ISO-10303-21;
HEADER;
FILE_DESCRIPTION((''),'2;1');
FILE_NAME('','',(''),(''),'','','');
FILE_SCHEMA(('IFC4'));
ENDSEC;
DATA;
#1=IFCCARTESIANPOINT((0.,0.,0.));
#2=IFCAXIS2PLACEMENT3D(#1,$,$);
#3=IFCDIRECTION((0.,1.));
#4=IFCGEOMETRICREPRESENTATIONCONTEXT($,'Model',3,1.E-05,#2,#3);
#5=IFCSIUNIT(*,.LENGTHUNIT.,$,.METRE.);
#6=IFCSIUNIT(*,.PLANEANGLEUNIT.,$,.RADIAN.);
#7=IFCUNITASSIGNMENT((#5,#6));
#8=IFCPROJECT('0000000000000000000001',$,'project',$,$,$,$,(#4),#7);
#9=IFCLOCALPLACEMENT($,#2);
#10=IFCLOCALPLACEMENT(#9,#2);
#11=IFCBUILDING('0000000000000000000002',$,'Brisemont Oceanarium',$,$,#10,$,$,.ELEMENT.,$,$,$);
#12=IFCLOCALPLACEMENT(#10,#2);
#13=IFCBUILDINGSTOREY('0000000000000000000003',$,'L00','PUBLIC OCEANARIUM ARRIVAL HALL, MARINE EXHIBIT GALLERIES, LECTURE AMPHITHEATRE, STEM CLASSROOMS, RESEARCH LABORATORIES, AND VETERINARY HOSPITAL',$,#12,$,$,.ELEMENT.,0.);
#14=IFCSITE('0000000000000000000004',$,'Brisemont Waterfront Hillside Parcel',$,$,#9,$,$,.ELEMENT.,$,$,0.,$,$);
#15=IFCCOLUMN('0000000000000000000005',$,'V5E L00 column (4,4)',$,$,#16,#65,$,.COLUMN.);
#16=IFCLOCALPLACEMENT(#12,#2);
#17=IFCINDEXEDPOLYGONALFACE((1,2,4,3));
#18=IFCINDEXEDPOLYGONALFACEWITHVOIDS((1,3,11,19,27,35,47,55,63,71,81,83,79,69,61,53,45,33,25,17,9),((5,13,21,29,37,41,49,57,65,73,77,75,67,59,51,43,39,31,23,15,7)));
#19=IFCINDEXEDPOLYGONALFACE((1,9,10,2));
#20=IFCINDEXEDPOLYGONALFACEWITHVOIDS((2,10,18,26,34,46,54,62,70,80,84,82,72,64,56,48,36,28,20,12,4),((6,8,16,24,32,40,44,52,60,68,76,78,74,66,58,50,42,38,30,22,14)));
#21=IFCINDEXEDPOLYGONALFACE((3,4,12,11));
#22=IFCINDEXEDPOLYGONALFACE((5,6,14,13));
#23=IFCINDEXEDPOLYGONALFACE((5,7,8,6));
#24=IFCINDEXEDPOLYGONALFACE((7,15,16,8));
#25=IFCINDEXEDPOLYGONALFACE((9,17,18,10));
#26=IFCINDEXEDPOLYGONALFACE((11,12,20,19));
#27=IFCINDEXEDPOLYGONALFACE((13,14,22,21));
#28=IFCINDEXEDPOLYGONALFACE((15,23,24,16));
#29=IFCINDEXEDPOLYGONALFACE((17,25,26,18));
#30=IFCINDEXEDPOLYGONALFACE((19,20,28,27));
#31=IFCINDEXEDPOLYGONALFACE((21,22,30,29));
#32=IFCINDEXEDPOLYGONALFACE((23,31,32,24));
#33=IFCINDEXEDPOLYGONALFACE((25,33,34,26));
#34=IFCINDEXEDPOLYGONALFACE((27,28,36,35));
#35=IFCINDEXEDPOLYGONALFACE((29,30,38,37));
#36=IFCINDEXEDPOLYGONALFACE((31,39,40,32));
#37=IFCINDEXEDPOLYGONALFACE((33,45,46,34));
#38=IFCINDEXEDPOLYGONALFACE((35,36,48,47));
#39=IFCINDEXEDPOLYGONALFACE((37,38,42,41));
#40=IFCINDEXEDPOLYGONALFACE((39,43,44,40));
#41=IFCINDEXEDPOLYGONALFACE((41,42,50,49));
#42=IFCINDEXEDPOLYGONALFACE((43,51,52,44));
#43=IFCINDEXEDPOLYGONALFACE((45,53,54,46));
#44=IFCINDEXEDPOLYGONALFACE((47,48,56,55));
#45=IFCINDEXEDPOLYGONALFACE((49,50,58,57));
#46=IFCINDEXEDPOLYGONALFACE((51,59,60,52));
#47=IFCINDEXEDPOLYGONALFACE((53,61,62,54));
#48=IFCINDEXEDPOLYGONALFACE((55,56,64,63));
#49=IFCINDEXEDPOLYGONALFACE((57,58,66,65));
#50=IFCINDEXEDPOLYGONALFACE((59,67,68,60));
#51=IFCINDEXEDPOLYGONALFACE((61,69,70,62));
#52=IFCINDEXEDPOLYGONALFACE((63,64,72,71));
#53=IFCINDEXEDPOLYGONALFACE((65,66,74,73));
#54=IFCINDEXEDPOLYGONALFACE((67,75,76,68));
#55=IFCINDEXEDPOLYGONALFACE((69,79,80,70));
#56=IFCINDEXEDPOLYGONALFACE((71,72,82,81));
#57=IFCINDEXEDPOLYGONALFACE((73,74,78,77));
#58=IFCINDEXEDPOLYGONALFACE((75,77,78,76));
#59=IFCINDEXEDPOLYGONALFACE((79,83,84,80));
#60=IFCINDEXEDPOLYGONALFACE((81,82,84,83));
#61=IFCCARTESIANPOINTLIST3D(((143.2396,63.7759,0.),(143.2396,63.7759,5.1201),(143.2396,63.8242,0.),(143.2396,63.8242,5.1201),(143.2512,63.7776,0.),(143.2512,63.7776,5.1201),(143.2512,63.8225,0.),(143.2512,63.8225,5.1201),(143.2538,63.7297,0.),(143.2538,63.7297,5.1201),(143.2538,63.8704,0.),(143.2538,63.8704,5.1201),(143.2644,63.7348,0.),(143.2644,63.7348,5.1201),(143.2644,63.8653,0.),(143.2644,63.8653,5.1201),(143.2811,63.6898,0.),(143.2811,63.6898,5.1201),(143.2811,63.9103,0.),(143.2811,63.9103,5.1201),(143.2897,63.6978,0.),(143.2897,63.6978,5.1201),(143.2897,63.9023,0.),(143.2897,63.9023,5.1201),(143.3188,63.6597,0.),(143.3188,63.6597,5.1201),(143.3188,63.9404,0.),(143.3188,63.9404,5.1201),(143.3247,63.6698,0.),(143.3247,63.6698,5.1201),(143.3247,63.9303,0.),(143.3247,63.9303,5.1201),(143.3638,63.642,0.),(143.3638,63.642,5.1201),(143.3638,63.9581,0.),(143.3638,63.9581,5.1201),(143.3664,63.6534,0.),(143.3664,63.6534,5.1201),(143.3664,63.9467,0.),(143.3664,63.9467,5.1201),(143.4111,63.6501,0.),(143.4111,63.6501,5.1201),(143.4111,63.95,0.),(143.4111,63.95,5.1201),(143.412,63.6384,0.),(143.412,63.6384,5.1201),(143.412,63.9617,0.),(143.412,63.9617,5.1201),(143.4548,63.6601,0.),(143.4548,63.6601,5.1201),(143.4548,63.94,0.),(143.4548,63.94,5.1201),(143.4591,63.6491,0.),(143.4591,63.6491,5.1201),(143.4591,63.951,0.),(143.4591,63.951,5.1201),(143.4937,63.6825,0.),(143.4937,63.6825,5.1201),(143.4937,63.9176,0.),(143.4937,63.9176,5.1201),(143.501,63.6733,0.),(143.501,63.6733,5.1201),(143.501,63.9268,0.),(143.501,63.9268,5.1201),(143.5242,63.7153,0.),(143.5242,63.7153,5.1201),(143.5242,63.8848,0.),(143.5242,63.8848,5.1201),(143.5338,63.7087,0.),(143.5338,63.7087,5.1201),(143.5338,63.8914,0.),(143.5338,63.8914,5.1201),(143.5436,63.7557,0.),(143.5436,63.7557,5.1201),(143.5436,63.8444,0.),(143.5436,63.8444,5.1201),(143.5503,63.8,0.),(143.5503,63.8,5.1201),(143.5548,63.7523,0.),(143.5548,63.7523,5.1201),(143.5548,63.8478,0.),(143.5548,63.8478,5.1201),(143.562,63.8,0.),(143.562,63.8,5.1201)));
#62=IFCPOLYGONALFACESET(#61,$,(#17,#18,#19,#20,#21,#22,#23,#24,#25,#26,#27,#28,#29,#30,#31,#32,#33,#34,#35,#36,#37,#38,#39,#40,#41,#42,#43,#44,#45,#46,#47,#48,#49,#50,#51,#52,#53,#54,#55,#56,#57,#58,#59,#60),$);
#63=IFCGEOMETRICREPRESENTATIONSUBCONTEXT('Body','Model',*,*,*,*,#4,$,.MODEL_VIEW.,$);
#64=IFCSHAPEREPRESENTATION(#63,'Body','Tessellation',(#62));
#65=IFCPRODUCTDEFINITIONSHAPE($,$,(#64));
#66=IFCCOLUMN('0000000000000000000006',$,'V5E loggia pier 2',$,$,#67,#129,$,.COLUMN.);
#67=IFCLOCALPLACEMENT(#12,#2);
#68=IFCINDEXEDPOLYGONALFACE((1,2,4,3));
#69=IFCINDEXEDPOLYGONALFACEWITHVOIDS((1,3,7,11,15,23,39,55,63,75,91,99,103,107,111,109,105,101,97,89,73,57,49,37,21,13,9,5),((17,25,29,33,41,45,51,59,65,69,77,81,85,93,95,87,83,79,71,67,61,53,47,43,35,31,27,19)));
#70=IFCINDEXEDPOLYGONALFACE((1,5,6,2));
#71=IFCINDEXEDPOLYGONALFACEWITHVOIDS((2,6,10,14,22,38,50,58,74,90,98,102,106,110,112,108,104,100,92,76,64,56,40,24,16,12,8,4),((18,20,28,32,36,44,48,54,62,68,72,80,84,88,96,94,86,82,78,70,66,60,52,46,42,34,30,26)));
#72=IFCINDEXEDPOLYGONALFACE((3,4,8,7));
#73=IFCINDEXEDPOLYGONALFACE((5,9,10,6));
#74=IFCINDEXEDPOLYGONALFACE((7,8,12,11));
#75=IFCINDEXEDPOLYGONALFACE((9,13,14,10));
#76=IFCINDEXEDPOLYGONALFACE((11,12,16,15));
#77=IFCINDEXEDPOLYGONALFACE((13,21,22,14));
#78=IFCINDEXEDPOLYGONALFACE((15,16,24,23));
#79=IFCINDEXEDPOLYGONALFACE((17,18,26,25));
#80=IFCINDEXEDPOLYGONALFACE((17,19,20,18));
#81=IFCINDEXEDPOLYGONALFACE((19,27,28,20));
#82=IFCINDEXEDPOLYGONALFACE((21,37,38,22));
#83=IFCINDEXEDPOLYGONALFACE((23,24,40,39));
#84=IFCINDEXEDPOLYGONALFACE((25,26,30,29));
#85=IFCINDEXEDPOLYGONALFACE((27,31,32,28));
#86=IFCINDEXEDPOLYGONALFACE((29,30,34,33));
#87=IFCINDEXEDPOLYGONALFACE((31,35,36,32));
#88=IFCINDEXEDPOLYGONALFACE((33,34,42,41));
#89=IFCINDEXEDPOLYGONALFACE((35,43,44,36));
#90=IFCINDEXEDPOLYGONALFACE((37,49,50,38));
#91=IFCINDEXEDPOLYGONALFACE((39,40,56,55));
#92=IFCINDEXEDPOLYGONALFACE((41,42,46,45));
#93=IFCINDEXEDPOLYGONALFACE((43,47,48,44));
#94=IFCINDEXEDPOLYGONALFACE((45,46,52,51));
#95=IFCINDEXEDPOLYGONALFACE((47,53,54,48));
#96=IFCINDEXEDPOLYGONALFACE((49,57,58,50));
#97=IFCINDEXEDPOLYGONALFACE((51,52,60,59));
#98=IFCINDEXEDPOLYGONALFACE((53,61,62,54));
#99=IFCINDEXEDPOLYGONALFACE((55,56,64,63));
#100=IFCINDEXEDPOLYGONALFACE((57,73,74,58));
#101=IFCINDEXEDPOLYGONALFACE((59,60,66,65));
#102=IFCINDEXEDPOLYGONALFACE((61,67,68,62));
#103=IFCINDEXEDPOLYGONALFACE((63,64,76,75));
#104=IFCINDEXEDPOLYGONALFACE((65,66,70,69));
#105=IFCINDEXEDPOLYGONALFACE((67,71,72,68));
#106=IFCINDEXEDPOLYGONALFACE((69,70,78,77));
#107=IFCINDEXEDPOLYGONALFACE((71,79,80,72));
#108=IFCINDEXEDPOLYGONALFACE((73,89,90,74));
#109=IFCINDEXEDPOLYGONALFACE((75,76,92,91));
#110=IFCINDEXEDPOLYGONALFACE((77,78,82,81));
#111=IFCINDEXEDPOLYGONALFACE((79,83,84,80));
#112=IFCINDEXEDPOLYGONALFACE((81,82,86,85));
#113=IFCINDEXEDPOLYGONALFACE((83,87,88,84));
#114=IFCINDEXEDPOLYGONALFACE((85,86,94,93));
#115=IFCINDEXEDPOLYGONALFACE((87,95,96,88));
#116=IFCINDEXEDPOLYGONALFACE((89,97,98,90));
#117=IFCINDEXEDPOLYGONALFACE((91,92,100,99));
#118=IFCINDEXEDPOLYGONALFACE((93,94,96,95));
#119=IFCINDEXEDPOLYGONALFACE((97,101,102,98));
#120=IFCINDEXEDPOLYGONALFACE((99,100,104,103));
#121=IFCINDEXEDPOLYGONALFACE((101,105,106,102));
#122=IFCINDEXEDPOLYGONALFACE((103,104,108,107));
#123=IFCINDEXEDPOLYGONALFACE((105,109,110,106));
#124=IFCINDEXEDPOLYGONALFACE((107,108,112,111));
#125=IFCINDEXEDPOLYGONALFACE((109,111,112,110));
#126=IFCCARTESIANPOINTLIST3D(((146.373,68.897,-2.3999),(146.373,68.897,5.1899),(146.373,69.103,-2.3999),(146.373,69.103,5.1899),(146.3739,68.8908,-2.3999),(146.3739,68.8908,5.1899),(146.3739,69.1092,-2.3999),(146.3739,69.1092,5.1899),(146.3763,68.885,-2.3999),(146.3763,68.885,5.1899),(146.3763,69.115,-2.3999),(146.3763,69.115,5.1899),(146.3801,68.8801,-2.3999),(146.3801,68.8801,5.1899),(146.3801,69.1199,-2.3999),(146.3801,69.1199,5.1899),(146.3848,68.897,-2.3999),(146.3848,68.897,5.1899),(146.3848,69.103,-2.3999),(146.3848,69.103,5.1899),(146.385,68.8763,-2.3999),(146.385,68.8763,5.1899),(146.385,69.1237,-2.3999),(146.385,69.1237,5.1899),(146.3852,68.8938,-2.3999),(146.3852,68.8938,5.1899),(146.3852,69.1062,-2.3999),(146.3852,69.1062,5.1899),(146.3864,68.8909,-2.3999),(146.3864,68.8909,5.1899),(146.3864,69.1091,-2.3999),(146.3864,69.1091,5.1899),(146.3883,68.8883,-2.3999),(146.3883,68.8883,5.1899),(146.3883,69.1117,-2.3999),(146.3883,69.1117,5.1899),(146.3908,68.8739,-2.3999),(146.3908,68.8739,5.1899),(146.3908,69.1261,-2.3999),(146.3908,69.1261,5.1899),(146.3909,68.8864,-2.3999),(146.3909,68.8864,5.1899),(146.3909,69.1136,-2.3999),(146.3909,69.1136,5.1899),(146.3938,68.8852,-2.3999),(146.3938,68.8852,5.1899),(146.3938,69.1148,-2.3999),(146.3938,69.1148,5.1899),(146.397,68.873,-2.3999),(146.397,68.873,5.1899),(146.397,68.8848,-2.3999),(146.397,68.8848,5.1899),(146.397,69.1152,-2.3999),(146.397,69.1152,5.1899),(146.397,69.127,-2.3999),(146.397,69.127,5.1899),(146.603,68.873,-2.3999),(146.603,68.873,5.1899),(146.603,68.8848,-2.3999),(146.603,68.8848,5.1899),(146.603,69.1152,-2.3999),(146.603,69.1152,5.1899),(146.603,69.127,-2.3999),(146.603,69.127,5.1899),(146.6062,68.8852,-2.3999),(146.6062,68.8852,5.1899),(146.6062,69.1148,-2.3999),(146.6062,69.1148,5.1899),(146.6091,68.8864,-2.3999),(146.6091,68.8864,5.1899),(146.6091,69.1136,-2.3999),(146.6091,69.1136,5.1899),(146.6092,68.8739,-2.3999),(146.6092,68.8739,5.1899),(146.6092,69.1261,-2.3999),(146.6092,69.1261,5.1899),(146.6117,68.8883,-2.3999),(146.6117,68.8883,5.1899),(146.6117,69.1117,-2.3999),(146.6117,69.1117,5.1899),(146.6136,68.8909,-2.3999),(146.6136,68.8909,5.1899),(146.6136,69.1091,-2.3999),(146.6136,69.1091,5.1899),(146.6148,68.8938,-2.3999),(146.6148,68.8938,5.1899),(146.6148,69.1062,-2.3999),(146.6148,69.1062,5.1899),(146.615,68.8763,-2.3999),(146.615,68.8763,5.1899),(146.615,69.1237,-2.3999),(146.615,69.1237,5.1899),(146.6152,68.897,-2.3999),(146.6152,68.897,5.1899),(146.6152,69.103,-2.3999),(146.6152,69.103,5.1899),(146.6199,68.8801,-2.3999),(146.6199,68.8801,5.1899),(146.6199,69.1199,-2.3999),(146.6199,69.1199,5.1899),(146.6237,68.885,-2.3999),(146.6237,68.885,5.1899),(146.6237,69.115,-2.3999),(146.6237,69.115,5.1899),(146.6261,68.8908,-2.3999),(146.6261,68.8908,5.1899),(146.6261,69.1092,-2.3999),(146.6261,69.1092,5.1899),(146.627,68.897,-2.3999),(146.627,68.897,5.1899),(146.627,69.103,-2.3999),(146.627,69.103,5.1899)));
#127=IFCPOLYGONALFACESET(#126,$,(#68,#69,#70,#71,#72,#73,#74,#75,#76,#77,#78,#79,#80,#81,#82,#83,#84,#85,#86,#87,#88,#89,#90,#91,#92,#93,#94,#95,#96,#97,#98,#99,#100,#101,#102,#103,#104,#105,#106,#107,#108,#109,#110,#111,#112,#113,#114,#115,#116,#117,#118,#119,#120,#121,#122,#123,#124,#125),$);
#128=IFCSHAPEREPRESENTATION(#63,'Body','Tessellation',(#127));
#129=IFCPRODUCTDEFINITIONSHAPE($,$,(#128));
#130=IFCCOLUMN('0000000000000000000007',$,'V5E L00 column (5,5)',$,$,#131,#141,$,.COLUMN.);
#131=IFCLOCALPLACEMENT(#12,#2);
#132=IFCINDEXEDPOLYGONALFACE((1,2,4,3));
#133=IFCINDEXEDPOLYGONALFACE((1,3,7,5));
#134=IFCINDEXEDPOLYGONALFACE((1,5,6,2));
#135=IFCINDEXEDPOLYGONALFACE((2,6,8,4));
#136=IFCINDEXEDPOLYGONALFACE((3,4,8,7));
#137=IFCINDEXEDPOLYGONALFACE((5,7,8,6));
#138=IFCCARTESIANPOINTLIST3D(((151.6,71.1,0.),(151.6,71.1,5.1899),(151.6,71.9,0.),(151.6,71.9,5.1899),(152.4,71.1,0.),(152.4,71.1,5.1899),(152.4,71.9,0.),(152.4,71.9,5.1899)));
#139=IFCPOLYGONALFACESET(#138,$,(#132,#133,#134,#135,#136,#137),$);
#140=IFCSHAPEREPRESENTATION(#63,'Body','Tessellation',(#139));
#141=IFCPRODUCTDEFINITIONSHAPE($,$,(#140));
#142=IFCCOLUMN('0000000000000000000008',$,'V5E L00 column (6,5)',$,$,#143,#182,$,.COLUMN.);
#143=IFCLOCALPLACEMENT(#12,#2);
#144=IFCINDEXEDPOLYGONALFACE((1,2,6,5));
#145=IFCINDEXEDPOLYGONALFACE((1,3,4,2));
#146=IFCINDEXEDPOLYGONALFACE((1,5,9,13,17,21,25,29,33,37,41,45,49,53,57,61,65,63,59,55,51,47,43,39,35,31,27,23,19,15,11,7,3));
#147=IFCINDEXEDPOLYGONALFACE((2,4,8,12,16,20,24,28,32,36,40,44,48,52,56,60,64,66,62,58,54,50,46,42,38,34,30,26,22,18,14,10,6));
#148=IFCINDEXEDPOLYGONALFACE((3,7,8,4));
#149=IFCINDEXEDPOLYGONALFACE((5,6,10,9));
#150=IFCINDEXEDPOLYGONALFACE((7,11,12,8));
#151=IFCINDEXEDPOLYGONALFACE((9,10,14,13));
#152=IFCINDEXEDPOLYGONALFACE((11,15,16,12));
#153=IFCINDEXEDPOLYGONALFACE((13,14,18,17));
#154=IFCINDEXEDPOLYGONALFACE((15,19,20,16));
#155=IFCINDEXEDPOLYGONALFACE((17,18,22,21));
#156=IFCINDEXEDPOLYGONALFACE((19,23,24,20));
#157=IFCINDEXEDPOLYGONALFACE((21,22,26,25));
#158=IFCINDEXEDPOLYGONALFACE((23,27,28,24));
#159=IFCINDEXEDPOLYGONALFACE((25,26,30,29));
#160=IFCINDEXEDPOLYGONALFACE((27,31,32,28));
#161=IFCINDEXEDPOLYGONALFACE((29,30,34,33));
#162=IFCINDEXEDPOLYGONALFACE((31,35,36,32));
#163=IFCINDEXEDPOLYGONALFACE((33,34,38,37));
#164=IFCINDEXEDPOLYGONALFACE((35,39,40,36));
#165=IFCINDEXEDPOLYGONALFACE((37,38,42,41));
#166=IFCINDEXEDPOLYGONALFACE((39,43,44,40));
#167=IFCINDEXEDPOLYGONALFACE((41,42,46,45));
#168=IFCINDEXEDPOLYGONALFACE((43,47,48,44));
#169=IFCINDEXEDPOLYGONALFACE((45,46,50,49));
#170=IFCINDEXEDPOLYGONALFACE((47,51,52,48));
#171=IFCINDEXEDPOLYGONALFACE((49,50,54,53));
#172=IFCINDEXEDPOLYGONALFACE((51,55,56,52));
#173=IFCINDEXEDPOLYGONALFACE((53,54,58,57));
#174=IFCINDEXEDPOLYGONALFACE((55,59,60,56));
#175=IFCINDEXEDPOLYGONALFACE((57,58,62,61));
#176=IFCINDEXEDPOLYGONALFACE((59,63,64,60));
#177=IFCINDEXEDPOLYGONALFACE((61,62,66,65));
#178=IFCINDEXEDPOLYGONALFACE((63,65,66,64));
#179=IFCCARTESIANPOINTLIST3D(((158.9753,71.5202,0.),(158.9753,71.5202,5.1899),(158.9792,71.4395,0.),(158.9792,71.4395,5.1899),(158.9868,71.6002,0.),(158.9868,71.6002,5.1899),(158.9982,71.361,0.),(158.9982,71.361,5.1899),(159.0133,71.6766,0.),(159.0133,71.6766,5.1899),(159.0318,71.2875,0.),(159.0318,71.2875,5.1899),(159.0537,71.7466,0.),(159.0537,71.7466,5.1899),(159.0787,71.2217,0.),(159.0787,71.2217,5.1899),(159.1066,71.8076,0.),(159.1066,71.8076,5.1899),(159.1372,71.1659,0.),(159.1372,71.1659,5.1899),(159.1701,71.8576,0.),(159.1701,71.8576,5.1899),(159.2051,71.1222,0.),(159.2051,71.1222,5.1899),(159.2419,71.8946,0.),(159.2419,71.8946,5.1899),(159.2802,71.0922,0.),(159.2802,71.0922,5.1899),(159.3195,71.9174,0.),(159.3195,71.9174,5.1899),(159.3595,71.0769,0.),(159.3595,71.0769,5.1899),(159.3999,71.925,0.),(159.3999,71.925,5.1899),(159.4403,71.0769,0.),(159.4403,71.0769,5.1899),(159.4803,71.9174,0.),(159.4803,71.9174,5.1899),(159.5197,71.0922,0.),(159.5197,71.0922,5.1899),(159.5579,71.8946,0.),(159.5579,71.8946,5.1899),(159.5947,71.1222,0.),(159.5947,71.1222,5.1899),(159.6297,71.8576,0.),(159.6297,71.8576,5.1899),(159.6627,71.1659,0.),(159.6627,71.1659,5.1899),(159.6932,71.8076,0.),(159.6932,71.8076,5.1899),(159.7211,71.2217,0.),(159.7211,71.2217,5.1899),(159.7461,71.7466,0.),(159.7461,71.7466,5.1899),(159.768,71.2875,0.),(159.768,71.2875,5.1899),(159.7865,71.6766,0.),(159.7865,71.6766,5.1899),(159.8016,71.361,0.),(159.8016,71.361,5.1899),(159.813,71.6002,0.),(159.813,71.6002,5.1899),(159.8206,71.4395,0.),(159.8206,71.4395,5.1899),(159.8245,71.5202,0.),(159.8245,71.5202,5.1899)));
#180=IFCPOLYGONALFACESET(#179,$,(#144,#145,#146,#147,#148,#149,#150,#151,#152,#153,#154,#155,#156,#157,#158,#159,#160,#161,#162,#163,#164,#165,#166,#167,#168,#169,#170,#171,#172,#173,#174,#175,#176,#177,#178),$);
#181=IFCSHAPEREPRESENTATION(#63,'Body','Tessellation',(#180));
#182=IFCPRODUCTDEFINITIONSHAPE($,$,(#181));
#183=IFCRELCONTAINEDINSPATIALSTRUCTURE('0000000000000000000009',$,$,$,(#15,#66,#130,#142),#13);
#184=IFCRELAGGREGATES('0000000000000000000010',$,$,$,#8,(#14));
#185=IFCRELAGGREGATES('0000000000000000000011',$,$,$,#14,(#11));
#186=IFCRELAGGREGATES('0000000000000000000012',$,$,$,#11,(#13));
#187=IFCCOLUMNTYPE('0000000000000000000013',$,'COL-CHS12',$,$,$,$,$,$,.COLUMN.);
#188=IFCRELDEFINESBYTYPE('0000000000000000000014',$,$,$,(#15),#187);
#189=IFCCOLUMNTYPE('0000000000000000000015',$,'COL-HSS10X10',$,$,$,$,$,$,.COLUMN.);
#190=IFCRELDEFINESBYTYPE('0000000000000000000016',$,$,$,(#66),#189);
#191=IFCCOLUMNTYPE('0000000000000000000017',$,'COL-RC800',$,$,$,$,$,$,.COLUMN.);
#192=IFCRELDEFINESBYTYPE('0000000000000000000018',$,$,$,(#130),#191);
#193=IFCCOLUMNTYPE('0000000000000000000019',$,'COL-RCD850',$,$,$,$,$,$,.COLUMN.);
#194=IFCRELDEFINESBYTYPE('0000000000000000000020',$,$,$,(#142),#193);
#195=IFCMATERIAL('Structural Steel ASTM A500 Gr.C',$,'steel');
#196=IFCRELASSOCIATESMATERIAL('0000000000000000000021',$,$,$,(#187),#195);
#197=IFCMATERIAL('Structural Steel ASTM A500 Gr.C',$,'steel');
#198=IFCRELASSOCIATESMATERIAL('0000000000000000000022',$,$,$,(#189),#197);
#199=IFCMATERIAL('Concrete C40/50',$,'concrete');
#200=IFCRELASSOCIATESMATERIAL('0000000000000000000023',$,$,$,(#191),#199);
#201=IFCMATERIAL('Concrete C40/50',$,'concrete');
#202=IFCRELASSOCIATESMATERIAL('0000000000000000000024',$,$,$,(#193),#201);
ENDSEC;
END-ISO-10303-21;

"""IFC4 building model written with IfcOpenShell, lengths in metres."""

from ifc_helpers import new_model, si_unit, direction, frame, origin, origin_2d, place, context, subcontext, project, spatial, rectangle, hollow_rectangle, circle, hollow_circle, extrude, material, material_profile, profile_set, type_object, element, save


model = new_model("IFC4")

# Units and contexts
model_context = context("Model", 3, precision=1e-05, world=origin(), true_north=direction((0.0, 1.0)))
body_context = subcontext(model_context, "Body", "Model", "MODEL_VIEW")
ifc_project = project(units=[si_unit("LENGTHUNIT", "METRE"), si_unit("PLANEANGLEUNIT", "RADIAN")], contexts=[model_context])

# Site, building, storey
site_placement = place(None, origin())
site = spatial("IfcSite", under=ifc_project, at=site_placement, Name="Brisemont Waterfront Hillside Parcel", CompositionType="ELEMENT", RefElevation=0.0)
building_placement = place(site_placement, origin())
building = spatial("IfcBuilding", under=site, at=building_placement, Name="Brisemont Oceanarium", CompositionType="ELEMENT")
storey_placement = place(building_placement, origin())
storey = spatial("IfcBuildingStorey", under=building, at=storey_placement, Name="L00", Description="PUBLIC OCEANARIUM ARRIVAL HALL, MARINE EXHIBIT GALLERIES, LECTURE AMPHITHEATRE, STEM CLASSROOMS, RESEARCH LABORATORIES, AND VETERINARY HOSPITAL", CompositionType="ELEMENT", Elevation=0.0)

# Columns
ifc_material_1 = material(Name="Structural Steel ASTM A500 Gr.C", Category="steel")
ifc_material_profile_1 = material_profile(ifc_material_1, hollow_circle(Radius=0.1621, WallThickness=0.0117, at=origin_2d()), Name="HSS12.750X0.500")
ifc_profile_set_1 = profile_set([ifc_material_profile_1], Name="Structural Steel ASTM A500 Gr.C")
column_type_1 = type_object("IfcColumnType", Name="COL-CHS12", PredefinedType="COLUMN", material=ifc_profile_set_1)
column_1_placement = place(storey_placement, frame((143.3999, 63.8, 0.0), z_axis=(0.0, 0.0, 1.0), x_axis=(1.0, 0.0, 0.0)))
element("IfcColumn", 1, at=column_1_placement, inside=storey, type_object=column_type_1, Name="V5E L00 column (4,4)", PredefinedType="COLUMN", context=body_context, shape_type="SweptSolid", body=[
    extrude(hollow_circle(Radius=0.1621, WallThickness=0.0117, at=origin_2d()), origin(), (0.0, 0.0, 1.0), 5.1201),
])
ifc_material_2 = material(Name="Structural Steel ASTM A500 Gr.C", Category="steel")
ifc_material_profile_2 = material_profile(ifc_material_2, hollow_rectangle(XDim=0.2539, YDim=0.2539, WallThickness=0.0117, InnerFilletRadius=0.0122, OuterFilletRadius=0.0239, at=origin_2d()), Name="HSS10X10X1/2")
ifc_profile_set_2 = profile_set([ifc_material_profile_2], Name="Structural Steel ASTM A500 Gr.C")
column_type_2 = type_object("IfcColumnType", Name="COL-HSS10X10", PredefinedType="COLUMN", material=ifc_profile_set_2)
column_2_placement = place(storey_placement, frame((146.5, 69.0, -2.3999), z_axis=(0.0, 0.0, 1.0), x_axis=(1.0, 0.0, 0.0)))
element("IfcColumn", 2, at=column_2_placement, inside=storey, type_object=column_type_2, Name="V5E loggia pier 2", PredefinedType="COLUMN", context=body_context, shape_type="SweptSolid", body=[
    extrude(hollow_rectangle(XDim=0.2539, YDim=0.2539, WallThickness=0.0117, InnerFilletRadius=0.0122, OuterFilletRadius=0.0239, at=origin_2d()), origin(), (0.0, 0.0, 1.0), 7.5898),
])
ifc_material_3 = material(Name="Concrete C40/50", Category="concrete")
ifc_material_profile_3 = material_profile(ifc_material_3, rectangle(XDim=0.8, YDim=0.8, at=origin_2d()), Name="RC-COL-800X800")
ifc_profile_set_3 = profile_set([ifc_material_profile_3], Name="Concrete C40/50")
column_type_3 = type_object("IfcColumnType", Name="COL-RC800", PredefinedType="COLUMN", material=ifc_profile_set_3)
column_3_placement = place(storey_placement, frame((152.0, 71.5, 0.0), z_axis=(0.0, 0.0, 1.0), x_axis=(1.0, 0.0, 0.0)))
element("IfcColumn", 3, at=column_3_placement, inside=storey, type_object=column_type_3, Name="V5E L00 column (5,5)", PredefinedType="COLUMN", context=body_context, shape_type="SweptSolid", body=[
    extrude(rectangle(XDim=0.8, YDim=0.8, at=origin_2d()), origin(), (0.0, 0.0, 1.0), 5.1899),
])
ifc_material_4 = material(Name="Concrete C40/50", Category="concrete")
ifc_material_profile_4 = material_profile(ifc_material_4, circle(Radius=0.425, at=origin_2d()), Name="RC-COL-D850")
ifc_profile_set_4 = profile_set([ifc_material_profile_4], Name="Concrete C40/50")
column_type_4 = type_object("IfcColumnType", Name="COL-RCD850", PredefinedType="COLUMN", material=ifc_profile_set_4)
column_4_placement = place(storey_placement, frame((159.3999, 71.5, 0.0), z_axis=(0.0, 0.0, 1.0), x_axis=(0.0, 1.0, 0.0)))
element("IfcColumn", 4, at=column_4_placement, inside=storey, type_object=column_type_4, Name="V5E L00 column (6,5)", PredefinedType="COLUMN", context=body_context, shape_type="SweptSolid", body=[
    extrude(circle(Radius=0.425, at=origin_2d()), origin(), (0.0, 0.0, 1.0), 5.1899),
])

save(model, "model.ifc")
